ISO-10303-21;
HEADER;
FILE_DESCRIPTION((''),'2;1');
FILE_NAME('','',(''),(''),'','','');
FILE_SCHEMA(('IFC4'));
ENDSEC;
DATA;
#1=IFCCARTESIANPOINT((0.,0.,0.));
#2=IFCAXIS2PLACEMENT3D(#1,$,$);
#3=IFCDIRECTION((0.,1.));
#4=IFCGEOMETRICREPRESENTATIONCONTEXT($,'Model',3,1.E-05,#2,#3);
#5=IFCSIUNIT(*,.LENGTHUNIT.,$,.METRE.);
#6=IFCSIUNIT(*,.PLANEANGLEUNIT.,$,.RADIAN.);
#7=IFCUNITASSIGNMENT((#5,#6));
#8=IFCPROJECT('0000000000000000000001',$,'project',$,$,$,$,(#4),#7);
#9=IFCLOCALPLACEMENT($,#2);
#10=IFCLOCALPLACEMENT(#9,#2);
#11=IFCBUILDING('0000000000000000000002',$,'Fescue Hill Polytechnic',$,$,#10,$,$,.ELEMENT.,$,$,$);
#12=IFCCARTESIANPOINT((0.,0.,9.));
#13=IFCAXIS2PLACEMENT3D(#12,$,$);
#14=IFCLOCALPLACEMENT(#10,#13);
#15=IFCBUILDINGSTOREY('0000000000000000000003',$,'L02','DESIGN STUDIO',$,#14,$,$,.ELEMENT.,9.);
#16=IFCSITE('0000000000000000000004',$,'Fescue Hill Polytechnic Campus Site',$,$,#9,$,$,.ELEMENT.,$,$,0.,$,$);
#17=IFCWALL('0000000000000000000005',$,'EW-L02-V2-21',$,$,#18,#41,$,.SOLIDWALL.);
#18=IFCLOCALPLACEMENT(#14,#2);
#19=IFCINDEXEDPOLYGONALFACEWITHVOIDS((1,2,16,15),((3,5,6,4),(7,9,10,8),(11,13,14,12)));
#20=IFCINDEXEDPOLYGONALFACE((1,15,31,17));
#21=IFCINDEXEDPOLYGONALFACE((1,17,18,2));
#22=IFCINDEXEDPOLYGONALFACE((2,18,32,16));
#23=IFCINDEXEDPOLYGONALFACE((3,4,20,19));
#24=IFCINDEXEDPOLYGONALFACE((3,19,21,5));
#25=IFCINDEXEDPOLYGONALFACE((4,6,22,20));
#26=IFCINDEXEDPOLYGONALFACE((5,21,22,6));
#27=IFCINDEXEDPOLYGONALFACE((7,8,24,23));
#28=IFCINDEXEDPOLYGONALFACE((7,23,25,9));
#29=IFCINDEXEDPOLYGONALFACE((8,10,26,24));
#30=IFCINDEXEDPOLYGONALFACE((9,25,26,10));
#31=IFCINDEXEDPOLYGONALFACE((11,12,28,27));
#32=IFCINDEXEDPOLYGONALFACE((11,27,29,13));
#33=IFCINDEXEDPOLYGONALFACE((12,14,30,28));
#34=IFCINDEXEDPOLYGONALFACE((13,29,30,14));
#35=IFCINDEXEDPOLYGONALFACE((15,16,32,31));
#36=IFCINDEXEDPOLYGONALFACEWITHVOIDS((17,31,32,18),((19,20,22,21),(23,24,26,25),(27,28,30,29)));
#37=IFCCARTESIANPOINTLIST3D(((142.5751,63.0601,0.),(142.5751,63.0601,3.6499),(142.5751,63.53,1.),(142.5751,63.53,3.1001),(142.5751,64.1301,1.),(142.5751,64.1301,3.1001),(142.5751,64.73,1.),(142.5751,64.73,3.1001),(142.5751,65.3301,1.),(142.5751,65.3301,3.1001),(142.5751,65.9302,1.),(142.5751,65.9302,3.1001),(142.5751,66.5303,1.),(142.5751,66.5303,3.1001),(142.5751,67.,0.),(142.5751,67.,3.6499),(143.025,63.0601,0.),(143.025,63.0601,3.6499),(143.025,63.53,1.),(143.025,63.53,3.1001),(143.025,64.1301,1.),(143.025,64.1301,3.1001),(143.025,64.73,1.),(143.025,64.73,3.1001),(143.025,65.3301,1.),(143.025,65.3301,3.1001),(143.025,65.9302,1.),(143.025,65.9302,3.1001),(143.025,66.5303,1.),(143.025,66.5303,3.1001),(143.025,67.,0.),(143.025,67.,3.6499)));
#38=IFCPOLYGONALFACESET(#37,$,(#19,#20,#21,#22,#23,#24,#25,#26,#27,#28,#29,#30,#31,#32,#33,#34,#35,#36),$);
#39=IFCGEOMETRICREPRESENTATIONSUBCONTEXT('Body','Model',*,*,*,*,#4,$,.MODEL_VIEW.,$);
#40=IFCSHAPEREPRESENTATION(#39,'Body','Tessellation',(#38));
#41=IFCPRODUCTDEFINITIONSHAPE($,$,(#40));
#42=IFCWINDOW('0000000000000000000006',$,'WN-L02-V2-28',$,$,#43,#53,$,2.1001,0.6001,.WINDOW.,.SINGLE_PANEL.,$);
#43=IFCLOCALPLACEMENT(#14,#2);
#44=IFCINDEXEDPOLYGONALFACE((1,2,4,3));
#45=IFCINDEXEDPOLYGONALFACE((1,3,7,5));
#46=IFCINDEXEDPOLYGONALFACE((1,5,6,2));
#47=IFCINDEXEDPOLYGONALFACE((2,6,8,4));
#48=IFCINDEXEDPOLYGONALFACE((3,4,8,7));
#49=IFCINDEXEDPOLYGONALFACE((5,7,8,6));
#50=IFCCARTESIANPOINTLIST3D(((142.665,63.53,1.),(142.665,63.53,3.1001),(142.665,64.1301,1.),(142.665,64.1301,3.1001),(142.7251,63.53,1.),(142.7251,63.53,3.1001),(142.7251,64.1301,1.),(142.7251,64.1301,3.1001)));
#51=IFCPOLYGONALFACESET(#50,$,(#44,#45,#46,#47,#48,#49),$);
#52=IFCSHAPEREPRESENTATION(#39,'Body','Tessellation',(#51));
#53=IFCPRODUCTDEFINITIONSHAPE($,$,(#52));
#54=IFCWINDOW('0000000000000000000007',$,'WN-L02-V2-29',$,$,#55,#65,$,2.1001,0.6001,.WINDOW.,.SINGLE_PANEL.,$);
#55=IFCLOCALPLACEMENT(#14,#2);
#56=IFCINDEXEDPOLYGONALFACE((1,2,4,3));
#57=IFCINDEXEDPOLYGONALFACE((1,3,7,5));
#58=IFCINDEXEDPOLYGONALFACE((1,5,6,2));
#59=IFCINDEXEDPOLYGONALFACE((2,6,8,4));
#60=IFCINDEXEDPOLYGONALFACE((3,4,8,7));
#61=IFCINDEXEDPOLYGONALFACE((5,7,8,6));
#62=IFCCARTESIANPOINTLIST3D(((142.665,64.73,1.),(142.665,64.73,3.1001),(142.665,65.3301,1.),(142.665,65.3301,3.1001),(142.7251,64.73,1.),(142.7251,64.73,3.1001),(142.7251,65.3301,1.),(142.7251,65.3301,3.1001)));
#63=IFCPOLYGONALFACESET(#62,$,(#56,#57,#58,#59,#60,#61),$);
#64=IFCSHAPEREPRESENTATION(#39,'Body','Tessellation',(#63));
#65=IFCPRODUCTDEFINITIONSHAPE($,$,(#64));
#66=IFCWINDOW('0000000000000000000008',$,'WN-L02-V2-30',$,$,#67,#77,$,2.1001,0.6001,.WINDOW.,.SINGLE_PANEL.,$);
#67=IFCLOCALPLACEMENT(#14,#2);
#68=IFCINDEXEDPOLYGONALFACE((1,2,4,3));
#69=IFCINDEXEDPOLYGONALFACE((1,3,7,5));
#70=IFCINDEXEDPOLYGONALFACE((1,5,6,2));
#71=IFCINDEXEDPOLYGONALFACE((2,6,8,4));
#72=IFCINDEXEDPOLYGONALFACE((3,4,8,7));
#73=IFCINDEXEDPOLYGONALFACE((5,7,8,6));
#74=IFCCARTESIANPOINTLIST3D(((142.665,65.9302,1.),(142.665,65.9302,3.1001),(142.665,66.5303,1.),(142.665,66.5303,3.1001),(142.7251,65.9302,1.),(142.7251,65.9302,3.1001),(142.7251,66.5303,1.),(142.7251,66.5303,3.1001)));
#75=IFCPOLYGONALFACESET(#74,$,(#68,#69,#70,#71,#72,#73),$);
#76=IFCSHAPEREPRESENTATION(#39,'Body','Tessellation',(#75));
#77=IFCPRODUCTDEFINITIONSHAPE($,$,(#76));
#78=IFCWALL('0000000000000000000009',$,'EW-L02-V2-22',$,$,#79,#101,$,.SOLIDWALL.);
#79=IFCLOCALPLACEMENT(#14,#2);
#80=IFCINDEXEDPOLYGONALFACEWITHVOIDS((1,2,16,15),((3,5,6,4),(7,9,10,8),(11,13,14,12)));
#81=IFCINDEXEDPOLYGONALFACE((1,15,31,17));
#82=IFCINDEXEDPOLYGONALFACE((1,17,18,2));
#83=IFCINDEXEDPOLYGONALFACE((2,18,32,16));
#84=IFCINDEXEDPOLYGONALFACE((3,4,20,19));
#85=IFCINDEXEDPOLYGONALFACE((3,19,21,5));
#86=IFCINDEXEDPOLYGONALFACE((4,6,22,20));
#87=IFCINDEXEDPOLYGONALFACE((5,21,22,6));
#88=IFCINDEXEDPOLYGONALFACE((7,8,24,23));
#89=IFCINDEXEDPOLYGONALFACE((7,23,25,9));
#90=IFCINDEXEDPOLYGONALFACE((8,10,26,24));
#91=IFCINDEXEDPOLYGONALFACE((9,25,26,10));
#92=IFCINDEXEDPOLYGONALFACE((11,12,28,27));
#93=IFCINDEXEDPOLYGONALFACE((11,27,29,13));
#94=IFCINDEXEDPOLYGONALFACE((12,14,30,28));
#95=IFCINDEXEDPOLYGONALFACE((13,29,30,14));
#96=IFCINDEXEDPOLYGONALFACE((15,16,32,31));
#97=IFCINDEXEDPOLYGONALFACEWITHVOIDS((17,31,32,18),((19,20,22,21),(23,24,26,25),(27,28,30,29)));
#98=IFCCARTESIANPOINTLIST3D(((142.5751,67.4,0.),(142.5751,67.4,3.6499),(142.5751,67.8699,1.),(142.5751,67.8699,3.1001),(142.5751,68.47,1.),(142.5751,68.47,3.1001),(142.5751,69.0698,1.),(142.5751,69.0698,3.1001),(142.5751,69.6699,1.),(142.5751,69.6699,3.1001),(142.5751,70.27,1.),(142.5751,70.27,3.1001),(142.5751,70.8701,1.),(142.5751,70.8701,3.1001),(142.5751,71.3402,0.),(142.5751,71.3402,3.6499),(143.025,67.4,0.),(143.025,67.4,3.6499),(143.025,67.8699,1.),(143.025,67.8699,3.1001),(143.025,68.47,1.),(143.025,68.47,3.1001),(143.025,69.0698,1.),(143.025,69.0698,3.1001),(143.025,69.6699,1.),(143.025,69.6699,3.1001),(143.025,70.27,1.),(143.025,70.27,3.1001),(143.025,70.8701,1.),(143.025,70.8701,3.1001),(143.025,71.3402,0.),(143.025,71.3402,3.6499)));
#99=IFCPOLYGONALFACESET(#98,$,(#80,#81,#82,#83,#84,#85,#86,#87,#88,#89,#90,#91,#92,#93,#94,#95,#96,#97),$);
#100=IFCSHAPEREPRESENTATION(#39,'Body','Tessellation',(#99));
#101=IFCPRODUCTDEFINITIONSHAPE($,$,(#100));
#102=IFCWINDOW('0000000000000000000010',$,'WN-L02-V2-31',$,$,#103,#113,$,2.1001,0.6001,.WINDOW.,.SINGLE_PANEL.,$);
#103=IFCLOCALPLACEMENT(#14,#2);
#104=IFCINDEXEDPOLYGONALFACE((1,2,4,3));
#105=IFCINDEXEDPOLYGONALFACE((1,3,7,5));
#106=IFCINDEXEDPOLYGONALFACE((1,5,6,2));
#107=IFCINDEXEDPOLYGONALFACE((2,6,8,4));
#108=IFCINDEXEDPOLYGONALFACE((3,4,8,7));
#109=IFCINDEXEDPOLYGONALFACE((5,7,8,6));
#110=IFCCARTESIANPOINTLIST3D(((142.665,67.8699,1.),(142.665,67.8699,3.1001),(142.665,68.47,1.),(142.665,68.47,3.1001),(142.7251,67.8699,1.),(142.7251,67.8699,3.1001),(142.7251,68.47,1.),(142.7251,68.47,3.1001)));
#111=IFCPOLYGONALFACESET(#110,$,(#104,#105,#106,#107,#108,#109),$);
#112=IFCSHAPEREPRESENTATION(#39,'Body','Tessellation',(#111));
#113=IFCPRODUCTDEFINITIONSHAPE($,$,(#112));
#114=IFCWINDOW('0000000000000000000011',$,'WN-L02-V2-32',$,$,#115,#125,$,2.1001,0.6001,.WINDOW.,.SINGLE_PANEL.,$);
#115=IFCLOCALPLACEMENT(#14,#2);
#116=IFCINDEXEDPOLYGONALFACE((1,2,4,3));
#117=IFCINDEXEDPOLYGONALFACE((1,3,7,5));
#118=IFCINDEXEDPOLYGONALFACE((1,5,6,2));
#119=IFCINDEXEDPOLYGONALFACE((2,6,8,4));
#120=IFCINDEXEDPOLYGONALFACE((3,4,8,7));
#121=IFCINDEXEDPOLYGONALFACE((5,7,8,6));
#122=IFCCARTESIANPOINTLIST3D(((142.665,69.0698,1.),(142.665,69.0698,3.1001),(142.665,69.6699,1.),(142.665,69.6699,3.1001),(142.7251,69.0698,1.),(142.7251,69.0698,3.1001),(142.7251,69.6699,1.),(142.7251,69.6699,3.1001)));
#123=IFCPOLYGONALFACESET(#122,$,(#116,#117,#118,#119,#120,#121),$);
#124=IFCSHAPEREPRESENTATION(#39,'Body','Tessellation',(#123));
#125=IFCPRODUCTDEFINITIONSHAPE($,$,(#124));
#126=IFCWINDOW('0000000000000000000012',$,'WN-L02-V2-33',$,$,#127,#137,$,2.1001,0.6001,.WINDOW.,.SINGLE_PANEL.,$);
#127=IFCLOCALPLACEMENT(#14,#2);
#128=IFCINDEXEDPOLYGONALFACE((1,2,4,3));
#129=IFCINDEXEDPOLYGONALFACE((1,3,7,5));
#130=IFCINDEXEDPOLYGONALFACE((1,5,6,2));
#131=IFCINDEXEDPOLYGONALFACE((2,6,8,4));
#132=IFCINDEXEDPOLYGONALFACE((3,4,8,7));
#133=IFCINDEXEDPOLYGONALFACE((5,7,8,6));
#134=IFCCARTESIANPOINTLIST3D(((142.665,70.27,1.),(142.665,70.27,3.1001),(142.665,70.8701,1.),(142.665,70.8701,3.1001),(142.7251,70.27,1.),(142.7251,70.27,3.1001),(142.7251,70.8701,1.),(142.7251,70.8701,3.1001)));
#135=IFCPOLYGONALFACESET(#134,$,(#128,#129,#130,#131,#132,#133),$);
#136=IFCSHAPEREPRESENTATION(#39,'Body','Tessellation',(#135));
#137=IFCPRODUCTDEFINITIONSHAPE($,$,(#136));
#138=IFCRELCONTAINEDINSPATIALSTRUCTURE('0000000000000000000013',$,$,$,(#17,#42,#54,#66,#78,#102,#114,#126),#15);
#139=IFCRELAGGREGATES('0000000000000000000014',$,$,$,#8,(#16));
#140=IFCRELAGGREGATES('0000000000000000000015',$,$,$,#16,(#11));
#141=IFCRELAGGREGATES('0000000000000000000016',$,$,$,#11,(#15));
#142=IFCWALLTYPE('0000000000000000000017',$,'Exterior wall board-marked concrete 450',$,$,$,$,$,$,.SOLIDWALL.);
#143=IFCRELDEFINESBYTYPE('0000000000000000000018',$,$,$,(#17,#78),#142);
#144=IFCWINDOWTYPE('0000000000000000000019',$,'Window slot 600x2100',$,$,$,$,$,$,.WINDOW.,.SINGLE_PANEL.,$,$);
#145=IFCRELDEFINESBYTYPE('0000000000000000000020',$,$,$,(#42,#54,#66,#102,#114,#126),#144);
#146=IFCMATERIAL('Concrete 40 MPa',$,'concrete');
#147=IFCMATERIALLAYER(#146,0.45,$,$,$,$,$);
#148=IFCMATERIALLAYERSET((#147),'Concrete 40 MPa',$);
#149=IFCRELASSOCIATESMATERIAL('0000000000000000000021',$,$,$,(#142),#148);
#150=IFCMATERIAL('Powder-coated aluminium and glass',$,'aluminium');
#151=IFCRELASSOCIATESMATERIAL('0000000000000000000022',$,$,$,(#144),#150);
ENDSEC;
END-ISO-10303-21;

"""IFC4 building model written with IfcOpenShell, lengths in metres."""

from ifc_helpers import new_model, si_unit, direction, frame, frame_2d, origin, place, context, subcontext, project, spatial, rectangle, extrude, material, layer, layer_set, type_object, element, fill, save


model = new_model("IFC4")

# Units and contexts
model_context = context("Model", 3, precision=1e-05, world=origin(), true_north=direction((0.0, 1.0)))
body_context = subcontext(model_context, "Body", "Model", "MODEL_VIEW")
ifc_project = project(units=[si_unit("LENGTHUNIT", "METRE"), si_unit("PLANEANGLEUNIT", "RADIAN")], contexts=[model_context])

# Site, building, storey
site_placement = place(None, origin())
site = spatial("IfcSite", under=ifc_project, at=site_placement, Name="Fescue Hill Polytechnic Campus Site", CompositionType="ELEMENT", RefElevation=0.0)
building_placement = place(site_placement, origin())
building = spatial("IfcBuilding", under=site, at=building_placement, Name="Fescue Hill Polytechnic", CompositionType="ELEMENT")
storey_placement = place(building_placement, frame((0.0, 0.0, 9.0)))
storey = spatial("IfcBuildingStorey", under=building, at=storey_placement, Name="L02", Description="DESIGN STUDIO", CompositionType="ELEMENT", Elevation=9.0)

# Shared definitions
ifc_material_1 = material(Name="Concrete 40 MPa", Category="concrete")

# Walls, openings, windows
ifc_layer_1 = layer(ifc_material_1, 0.45)
ifc_layer_set_1 = layer_set([ifc_layer_1], Name="Concrete 40 MPa")
wall_type_1 = type_object("IfcWallType", Name="Exterior wall board-marked concrete 450", PredefinedType="SOLIDWALL", material=ifc_layer_set_1)
ifc_material_2 = material(Name="Powder-coated aluminium and glass", Category="aluminium")
window_type = type_object("IfcWindowType", Name="Window slot 600x2100", PartitioningType="SINGLE_PANEL", PredefinedType="WINDOW", material=ifc_material_2)
wall_1_placement = place(storey_placement, frame((142.8, 63.0601, 0.0), z_axis=(0.0, 0.0, 1.0), x_axis=(0.0, 1.0, 0.0)))
wall_1 = element("IfcWall", 1, at=wall_1_placement, inside=storey, type_object=wall_type_1, Name="EW-L02-V2-21", PredefinedType="SOLIDWALL", context=body_context, shape_type="SweptSolid", body=[
    extrude(rectangle(XDim=3.9399, YDim=0.45, at=frame_2d((1.97, 0.0))), origin(), (0.0, 0.0, 1.0), 3.6499),
])
opening_1_placement = place(wall_1_placement, frame((0.47, 0.0, 1.0)))
opening_1 = element("IfcOpeningElement", 2, at=opening_1_placement, cuts=wall_1, PredefinedType="OPENING", context=body_context, shape_type="SweptSolid", body=[
    extrude(rectangle(XDim=0.6001, YDim=2.1001, at=frame_2d((0.3, 1.05))), frame((0.0, 0.2349, 0.0), z_axis=(0.0, -1.0, 0.0), x_axis=(1.0, 0.0, 0.0)), (0.0, 0.0, 1.0), 0.47),
])
opening_2_placement = place(wall_1_placement, frame((1.6699, 0.0, 1.0)))
opening_2 = element("IfcOpeningElement", 3, at=opening_2_placement, cuts=wall_1, PredefinedType="OPENING", context=body_context, shape_type="SweptSolid", body=[
    extrude(rectangle(XDim=0.6001, YDim=2.1001, at=frame_2d((0.3, 1.05))), frame((0.0, 0.2349, 0.0), z_axis=(0.0, -1.0, 0.0), x_axis=(1.0, 0.0, 0.0)), (0.0, 0.0, 1.0), 0.47),
])
opening_3_placement = place(wall_1_placement, frame((2.8701, 0.0, 1.0)))
opening_3 = element("IfcOpeningElement", 4, at=opening_3_placement, cuts=wall_1, PredefinedType="OPENING", context=body_context, shape_type="SweptSolid", body=[
    extrude(rectangle(XDim=0.6001, YDim=2.1001, at=frame_2d((0.3, 1.05))), frame((0.0, 0.2349, 0.0), z_axis=(0.0, -1.0, 0.0), x_axis=(1.0, 0.0, 0.0)), (0.0, 0.0, 1.0), 0.47),
])
window_1_placement = place(opening_1_placement, origin())
window_1 = element("IfcWindow", 5, at=window_1_placement, inside=storey, type_object=window_type, Name="WN-L02-V2-28", OverallHeight=2.1001, OverallWidth=0.6001, PartitioningType="SINGLE_PANEL", PredefinedType="WINDOW", context=body_context, shape_type="SweptSolid", body=[
    extrude(rectangle(XDim=0.6001, YDim=2.1001, at=frame_2d((0.3, 1.05))), frame((0.0, 0.135, 0.0), z_axis=(0.0, -1.0, 0.0), x_axis=(1.0, 0.0, 0.0)), (0.0, 0.0, 1.0), 0.0601),
])
fill(opening_1, window_1)
window_2_placement = place(opening_2_placement, origin())
window_2 = element("IfcWindow", 6, at=window_2_placement, inside=storey, type_object=window_type, Name="WN-L02-V2-29", OverallHeight=2.1001, OverallWidth=0.6001, PartitioningType="SINGLE_PANEL", PredefinedType="WINDOW", context=body_context, shape_type="SweptSolid", body=[
    extrude(rectangle(XDim=0.6001, YDim=2.1001, at=frame_2d((0.3, 1.05))), frame((0.0, 0.135, 0.0), z_axis=(0.0, -1.0, 0.0), x_axis=(1.0, 0.0, 0.0)), (0.0, 0.0, 1.0), 0.0601),
])
fill(opening_2, window_2)
window_3_placement = place(opening_3_placement, origin())
window_3 = element("IfcWindow", 7, at=window_3_placement, inside=storey, type_object=window_type, Name="WN-L02-V2-30", OverallHeight=2.1001, OverallWidth=0.6001, PartitioningType="SINGLE_PANEL", PredefinedType="WINDOW", context=body_context, shape_type="SweptSolid", body=[
    extrude(rectangle(XDim=0.6001, YDim=2.1001, at=frame_2d((0.3, 1.05))), frame((0.0, 0.135, 0.0), z_axis=(0.0, -1.0, 0.0), x_axis=(1.0, 0.0, 0.0)), (0.0, 0.0, 1.0), 0.0601),
])
fill(opening_3, window_3)
wall_2_placement = place(storey_placement, frame((142.8, 67.3999, 0.0), z_axis=(0.0, 0.0, 1.0), x_axis=(0.0, 1.0, 0.0)))
wall_2 = element("IfcWall", 8, at=wall_2_placement, inside=storey, type_object=wall_type_1, Name="EW-L02-V2-22", PredefinedType="SOLIDWALL", context=body_context, shape_type="SweptSolid", body=[
    extrude(rectangle(XDim=3.9402, YDim=0.45, at=frame_2d((1.9702, 0.0))), origin(), (0.0, 0.0, 1.0), 3.6499),
])
opening_4_placement = place(wall_2_placement, frame((0.47, 0.0, 1.0)))
opening_4 = element("IfcOpeningElement", 9, at=opening_4_placement, cuts=wall_2, PredefinedType="OPENING", context=body_context, shape_type="SweptSolid", body=[
    extrude(rectangle(XDim=0.6001, YDim=2.1001, at=frame_2d((0.3, 1.05))), frame((0.0, 0.2349, 0.0), z_axis=(0.0, -1.0, 0.0), x_axis=(1.0, 0.0, 0.0)), (0.0, 0.0, 1.0), 0.47),
])
opening_5_placement = place(wall_2_placement, frame((1.6699, 0.0, 1.0)))
opening_5 = element("IfcOpeningElement", 10, at=opening_5_placement, cuts=wall_2, PredefinedType="OPENING", context=body_context, shape_type="SweptSolid", body=[
    extrude(rectangle(XDim=0.6001, YDim=2.1001, at=frame_2d((0.3, 1.05))), frame((0.0, 0.2349, 0.0), z_axis=(0.0, -1.0, 0.0), x_axis=(1.0, 0.0, 0.0)), (0.0, 0.0, 1.0), 0.47),
])
opening_6_placement = place(wall_2_placement, frame((2.8701, 0.0, 1.0)))
opening_6 = element("IfcOpeningElement", 11, at=opening_6_placement, cuts=wall_2, PredefinedType="OPENING", context=body_context, shape_type="SweptSolid", body=[
    extrude(rectangle(XDim=0.6001, YDim=2.1001, at=frame_2d((0.3, 1.05))), frame((0.0, 0.2349, 0.0), z_axis=(0.0, -1.0, 0.0), x_axis=(1.0, 0.0, 0.0)), (0.0, 0.0, 1.0), 0.47),
])
window_4_placement = place(opening_4_placement, origin())
window_4 = element("IfcWindow", 12, at=window_4_placement, inside=storey, type_object=window_type, Name="WN-L02-V2-31", OverallHeight=2.1001, OverallWidth=0.6001, PartitioningType="SINGLE_PANEL", PredefinedType="WINDOW", context=body_context, shape_type="SweptSolid", body=[
    extrude(rectangle(XDim=0.6001, YDim=2.1001, at=frame_2d((0.3, 1.05))), frame((0.0, 0.135, 0.0), z_axis=(0.0, -1.0, 0.0), x_axis=(1.0, 0.0, 0.0)), (0.0, 0.0, 1.0), 0.0601),
])
fill(opening_4, window_4)
window_5_placement = place(opening_5_placement, origin())
window_5 = element("IfcWindow", 13, at=window_5_placement, inside=storey, type_object=window_type, Name="WN-L02-V2-32", OverallHeight=2.1001, OverallWidth=0.6001, PartitioningType="SINGLE_PANEL", PredefinedType="WINDOW", context=body_context, shape_type="SweptSolid", body=[
    extrude(rectangle(XDim=0.6001, YDim=2.1001, at=frame_2d((0.3, 1.05))), frame((0.0, 0.135, 0.0), z_axis=(0.0, -1.0, 0.0), x_axis=(1.0, 0.0, 0.0)), (0.0, 0.0, 1.0), 0.0601),
])
fill(opening_5, window_5)
window_6_placement = place(opening_6_placement, origin())
window_6 = element("IfcWindow", 14, at=window_6_placement, inside=storey, type_object=window_type, Name="WN-L02-V2-33", OverallHeight=2.1001, OverallWidth=0.6001, PartitioningType="SINGLE_PANEL", PredefinedType="WINDOW", context=body_context, shape_type="SweptSolid", body=[
    extrude(rectangle(XDim=0.6001, YDim=2.1001, at=frame_2d((0.3, 1.05))), frame((0.0, 0.135, 0.0), z_axis=(0.0, -1.0, 0.0), x_axis=(1.0, 0.0, 0.0)), (0.0, 0.0, 1.0), 0.0601),
])
fill(opening_6, window_6)

save(model, "model.ifc")
